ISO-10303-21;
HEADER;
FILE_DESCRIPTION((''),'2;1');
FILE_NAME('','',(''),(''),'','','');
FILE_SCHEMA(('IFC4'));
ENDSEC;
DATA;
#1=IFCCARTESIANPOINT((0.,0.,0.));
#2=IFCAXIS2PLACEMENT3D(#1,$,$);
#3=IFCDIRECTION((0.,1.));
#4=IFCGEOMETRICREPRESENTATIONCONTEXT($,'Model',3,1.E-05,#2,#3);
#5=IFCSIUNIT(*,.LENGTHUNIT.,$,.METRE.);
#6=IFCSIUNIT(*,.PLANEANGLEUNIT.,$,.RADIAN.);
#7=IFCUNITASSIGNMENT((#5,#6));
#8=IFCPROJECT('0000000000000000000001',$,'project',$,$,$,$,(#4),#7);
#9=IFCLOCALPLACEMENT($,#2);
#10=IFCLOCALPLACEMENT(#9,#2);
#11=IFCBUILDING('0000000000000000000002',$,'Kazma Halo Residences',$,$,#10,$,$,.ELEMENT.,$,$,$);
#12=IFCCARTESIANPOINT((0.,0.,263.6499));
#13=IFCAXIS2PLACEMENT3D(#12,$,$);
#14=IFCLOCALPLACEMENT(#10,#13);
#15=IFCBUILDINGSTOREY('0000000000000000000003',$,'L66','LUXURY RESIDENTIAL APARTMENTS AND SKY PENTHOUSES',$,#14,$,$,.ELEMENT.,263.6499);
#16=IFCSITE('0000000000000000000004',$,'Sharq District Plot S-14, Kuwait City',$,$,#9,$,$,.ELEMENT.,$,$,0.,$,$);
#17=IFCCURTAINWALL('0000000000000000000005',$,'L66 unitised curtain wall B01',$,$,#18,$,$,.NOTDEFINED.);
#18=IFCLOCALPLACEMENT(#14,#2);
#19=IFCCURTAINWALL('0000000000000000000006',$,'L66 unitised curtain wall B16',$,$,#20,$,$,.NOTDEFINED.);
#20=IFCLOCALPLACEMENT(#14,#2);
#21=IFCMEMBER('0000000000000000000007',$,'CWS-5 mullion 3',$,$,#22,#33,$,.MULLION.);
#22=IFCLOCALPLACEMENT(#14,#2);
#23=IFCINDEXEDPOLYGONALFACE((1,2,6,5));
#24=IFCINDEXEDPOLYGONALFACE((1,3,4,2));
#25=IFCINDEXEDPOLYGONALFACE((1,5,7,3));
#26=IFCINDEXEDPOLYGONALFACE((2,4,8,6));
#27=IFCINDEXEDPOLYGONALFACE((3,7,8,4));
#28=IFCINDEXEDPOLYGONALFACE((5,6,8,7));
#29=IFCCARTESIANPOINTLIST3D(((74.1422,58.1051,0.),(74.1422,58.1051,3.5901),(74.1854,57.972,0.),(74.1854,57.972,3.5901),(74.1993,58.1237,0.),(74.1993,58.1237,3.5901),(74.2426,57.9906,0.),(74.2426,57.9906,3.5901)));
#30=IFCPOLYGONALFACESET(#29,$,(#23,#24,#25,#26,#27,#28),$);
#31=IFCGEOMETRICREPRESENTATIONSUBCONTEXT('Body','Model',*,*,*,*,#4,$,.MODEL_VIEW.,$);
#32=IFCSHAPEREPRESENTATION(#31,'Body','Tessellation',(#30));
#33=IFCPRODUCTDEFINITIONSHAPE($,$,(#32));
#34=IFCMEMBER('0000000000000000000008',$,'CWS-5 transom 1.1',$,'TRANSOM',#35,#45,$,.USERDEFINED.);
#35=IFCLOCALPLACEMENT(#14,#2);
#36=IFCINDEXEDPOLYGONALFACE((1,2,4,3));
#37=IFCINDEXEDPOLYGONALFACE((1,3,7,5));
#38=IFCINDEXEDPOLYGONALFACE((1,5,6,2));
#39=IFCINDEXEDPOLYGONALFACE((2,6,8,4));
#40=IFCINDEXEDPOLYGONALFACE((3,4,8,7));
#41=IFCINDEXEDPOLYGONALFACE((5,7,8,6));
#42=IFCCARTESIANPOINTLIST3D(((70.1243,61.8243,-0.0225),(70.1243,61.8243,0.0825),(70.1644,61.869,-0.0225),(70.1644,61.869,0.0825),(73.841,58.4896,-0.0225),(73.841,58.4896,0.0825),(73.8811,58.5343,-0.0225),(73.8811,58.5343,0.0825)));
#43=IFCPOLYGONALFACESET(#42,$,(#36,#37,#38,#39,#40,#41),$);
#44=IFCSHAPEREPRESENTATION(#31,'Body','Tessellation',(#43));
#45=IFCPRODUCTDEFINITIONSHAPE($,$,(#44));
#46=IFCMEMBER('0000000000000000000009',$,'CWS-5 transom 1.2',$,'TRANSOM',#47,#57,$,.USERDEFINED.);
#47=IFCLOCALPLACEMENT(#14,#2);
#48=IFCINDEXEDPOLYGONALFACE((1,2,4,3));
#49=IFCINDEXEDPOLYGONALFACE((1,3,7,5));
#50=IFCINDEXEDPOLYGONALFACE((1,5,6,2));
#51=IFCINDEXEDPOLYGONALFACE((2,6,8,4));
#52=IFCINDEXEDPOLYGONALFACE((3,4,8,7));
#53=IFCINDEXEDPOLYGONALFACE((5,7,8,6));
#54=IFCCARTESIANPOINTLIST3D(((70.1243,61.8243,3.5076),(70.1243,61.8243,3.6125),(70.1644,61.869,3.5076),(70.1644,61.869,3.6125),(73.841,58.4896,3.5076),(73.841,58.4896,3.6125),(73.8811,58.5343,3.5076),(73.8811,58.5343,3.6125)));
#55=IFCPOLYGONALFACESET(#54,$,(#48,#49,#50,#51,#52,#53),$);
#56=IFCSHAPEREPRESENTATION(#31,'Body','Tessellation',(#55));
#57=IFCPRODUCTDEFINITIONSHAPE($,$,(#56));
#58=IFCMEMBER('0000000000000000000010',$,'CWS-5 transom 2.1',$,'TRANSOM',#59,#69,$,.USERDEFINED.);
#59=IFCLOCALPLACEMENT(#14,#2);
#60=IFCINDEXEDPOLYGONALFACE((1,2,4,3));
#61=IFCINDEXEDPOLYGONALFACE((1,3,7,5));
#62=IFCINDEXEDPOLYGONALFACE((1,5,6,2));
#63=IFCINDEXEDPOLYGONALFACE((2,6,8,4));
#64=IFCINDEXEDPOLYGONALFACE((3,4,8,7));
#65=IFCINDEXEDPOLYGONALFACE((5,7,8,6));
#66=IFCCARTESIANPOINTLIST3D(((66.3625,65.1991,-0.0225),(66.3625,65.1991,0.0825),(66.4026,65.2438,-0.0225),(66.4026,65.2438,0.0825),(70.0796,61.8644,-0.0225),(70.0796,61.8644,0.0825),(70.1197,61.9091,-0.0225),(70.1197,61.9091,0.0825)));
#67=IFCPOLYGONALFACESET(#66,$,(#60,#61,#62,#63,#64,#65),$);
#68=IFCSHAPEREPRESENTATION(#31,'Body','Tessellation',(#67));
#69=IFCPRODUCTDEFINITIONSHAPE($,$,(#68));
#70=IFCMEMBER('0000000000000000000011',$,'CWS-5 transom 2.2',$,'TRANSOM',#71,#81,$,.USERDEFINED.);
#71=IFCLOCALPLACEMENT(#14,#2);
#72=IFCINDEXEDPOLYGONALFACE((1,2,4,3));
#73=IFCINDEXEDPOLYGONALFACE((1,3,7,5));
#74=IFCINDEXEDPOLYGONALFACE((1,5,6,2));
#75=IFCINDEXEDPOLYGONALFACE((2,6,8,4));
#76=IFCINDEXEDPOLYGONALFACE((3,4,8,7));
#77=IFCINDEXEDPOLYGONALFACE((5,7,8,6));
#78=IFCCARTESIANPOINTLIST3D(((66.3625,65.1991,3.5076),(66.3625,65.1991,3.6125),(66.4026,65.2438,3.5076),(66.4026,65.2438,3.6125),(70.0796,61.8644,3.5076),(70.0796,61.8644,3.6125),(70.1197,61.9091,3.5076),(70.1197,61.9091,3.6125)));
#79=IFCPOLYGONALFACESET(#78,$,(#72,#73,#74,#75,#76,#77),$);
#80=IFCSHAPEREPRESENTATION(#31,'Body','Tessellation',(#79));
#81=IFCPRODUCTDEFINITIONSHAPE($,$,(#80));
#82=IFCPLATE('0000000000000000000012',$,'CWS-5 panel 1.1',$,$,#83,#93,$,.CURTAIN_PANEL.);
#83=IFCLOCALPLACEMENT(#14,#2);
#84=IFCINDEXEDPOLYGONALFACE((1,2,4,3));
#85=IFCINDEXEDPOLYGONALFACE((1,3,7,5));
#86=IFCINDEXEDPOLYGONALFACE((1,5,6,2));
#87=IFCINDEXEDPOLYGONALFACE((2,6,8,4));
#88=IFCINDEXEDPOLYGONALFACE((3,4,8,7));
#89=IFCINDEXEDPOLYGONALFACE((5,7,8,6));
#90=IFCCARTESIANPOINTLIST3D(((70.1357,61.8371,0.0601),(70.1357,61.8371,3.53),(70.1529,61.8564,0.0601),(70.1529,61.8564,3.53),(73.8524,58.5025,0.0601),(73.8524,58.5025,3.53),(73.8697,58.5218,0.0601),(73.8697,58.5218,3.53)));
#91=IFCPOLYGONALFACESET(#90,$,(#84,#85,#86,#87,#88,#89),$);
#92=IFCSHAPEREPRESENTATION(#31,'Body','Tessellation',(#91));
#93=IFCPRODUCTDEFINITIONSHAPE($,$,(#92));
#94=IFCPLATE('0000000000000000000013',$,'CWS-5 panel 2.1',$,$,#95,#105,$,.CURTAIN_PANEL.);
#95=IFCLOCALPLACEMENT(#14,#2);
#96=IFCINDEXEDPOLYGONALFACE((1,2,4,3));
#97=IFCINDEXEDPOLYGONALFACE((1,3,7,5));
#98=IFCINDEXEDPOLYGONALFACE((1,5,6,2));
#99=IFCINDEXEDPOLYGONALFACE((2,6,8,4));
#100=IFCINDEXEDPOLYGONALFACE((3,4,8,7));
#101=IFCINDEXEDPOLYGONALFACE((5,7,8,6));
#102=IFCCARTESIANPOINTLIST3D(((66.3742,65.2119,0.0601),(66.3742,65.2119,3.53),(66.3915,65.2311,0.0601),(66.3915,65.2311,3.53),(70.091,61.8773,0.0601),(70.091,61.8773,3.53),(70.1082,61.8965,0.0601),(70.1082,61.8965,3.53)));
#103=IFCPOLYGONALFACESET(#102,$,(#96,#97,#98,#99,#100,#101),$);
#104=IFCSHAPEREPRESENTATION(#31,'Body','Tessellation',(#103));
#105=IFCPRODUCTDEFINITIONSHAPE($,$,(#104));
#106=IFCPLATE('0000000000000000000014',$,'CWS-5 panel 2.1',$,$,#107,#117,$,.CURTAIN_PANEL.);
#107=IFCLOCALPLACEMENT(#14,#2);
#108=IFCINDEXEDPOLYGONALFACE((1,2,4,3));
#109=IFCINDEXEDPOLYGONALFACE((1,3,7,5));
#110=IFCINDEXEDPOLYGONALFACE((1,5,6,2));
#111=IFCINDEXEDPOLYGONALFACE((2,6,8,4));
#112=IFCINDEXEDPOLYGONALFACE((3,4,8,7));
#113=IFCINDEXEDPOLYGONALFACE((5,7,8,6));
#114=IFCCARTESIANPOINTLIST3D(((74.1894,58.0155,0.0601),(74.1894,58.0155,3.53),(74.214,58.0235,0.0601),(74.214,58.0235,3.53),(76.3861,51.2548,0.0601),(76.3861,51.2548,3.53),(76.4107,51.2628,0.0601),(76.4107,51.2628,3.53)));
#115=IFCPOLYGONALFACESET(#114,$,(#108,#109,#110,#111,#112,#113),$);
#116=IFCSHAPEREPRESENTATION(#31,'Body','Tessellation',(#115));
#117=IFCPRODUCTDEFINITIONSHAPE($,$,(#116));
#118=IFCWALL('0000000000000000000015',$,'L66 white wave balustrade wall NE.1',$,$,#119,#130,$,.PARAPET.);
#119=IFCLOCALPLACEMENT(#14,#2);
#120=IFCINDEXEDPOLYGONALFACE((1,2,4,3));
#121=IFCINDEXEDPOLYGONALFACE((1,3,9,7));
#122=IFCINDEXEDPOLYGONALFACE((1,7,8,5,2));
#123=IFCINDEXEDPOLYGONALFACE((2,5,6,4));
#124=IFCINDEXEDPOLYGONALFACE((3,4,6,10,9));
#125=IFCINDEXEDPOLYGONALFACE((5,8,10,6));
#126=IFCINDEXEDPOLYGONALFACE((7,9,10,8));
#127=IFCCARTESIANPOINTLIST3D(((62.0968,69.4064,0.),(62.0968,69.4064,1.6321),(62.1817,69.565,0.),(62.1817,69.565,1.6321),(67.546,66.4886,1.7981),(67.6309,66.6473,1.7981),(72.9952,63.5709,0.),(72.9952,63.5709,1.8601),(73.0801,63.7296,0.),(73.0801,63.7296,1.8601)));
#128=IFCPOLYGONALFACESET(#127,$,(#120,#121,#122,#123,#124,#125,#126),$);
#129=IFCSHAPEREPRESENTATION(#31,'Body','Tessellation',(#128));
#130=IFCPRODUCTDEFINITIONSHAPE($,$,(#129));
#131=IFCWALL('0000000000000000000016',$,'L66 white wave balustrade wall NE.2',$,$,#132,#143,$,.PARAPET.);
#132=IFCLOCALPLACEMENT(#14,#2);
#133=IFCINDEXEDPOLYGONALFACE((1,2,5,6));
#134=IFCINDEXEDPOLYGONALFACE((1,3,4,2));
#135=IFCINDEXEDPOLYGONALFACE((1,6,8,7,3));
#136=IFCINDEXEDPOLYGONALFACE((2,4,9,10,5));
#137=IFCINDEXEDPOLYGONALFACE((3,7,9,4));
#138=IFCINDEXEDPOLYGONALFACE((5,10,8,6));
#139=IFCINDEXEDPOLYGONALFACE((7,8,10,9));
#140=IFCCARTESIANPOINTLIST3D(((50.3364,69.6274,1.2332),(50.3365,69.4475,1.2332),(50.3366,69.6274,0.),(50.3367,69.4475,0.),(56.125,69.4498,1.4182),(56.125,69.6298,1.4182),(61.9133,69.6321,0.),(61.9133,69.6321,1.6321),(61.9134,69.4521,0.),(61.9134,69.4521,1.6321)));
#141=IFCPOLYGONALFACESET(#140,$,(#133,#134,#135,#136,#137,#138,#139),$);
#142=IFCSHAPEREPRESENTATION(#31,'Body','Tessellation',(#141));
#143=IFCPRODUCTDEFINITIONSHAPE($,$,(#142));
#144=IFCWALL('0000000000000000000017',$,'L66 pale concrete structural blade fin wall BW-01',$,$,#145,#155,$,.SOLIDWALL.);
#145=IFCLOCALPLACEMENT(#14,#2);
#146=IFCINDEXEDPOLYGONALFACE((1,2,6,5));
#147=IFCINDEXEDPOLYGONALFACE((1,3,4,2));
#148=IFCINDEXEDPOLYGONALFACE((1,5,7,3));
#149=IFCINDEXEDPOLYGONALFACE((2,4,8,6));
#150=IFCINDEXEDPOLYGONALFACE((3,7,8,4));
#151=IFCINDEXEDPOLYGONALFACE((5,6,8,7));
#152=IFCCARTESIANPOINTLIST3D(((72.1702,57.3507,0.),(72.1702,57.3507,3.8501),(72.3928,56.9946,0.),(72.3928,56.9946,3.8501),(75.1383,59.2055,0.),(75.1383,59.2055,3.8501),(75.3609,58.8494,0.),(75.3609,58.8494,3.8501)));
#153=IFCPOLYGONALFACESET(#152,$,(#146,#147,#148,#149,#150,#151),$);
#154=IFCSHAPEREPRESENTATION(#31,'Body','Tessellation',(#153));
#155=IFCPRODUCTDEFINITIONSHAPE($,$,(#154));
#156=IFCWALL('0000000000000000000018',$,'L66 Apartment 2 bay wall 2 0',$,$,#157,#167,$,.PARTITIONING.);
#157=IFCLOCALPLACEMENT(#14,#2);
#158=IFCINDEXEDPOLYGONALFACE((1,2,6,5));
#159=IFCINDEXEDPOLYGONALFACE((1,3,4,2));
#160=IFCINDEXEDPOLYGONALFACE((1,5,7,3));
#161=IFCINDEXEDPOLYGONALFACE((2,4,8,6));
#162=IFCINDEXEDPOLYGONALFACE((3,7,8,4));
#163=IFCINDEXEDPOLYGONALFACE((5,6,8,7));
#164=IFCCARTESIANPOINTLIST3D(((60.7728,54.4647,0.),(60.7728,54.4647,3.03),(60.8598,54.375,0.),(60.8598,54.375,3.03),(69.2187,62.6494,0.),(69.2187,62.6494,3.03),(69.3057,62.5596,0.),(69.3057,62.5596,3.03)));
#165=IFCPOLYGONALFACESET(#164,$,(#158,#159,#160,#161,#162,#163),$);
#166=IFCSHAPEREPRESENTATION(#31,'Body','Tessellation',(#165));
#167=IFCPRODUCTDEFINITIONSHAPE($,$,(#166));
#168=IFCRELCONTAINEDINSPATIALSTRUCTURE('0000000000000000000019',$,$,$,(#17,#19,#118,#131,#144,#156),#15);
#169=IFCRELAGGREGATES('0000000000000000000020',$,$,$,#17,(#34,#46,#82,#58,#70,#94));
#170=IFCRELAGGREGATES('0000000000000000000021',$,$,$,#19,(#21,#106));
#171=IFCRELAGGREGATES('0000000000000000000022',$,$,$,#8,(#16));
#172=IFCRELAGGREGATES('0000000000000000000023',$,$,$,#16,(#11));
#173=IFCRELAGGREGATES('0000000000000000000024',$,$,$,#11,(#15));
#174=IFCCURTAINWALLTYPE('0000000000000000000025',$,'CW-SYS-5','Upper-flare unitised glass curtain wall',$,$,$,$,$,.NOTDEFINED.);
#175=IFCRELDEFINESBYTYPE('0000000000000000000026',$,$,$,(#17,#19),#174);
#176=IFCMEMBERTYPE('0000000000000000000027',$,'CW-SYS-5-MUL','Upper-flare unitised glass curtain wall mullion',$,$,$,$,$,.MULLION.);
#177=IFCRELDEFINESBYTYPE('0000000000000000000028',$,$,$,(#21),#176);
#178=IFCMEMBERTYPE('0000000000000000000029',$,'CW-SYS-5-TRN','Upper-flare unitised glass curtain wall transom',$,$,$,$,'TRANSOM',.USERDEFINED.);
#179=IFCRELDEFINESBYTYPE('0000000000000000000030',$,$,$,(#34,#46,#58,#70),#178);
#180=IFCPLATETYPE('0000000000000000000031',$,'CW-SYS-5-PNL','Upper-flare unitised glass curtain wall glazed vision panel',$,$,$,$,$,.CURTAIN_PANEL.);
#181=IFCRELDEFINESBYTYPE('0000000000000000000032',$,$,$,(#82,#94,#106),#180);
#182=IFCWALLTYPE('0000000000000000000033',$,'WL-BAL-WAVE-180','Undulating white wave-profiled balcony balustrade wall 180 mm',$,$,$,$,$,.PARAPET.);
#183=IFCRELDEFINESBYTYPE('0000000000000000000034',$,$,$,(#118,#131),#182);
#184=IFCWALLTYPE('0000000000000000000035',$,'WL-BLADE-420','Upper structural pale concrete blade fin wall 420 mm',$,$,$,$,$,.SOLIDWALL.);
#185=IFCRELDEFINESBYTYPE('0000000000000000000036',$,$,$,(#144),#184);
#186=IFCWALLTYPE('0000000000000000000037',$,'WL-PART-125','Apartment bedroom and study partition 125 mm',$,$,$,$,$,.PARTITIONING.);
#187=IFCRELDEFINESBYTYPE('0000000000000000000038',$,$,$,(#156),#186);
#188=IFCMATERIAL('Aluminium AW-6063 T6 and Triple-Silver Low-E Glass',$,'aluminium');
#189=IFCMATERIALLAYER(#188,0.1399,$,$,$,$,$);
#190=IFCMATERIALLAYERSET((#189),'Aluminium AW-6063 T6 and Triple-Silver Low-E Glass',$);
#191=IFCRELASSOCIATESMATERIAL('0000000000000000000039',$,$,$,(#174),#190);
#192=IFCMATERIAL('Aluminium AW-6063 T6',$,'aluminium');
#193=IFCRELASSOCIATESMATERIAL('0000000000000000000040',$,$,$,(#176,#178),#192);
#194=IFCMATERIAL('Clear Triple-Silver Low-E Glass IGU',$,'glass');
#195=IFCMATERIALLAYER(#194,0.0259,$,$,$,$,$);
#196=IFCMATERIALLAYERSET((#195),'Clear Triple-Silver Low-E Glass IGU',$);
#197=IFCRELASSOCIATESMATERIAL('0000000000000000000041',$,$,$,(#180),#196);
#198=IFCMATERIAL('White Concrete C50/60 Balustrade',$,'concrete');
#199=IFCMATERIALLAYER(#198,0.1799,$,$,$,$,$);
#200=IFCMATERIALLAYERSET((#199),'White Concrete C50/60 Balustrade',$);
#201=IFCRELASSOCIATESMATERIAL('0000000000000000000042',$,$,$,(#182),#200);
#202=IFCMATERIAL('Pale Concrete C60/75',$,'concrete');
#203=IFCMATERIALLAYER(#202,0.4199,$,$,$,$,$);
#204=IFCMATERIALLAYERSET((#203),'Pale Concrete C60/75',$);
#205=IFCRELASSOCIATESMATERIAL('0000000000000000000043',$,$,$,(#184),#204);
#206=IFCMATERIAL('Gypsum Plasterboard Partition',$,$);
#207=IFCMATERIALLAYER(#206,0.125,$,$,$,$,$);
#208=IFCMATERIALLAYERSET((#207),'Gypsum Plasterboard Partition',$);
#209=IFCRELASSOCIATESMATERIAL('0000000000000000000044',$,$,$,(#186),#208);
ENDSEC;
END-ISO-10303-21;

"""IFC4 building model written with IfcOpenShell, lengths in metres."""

from ifc_helpers import new_model, si_unit, direction, frame, frame_2d, origin, origin_2d, place, context, subcontext, project, spatial, polyline, rectangle, outline, extrude, material, layer, layer_set, material_profile, profile_set, type_object, element, aggregate, save


model = new_model("IFC4")

# Units and contexts
model_context = context("Model", 3, precision=1e-05, world=origin(), true_north=direction((0.0, 1.0)))
body_context = subcontext(model_context, "Body", "Model", "MODEL_VIEW")
ifc_project = project(units=[si_unit("LENGTHUNIT", "METRE"), si_unit("PLANEANGLEUNIT", "RADIAN")], contexts=[model_context])

# Site, building, storey
site_placement = place(None, origin())
site = spatial("IfcSite", under=ifc_project, at=site_placement, Name="Sharq District Plot S-14, Kuwait City", CompositionType="ELEMENT", RefElevation=0.0)
building_placement = place(site_placement, origin())
building = spatial("IfcBuilding", under=site, at=building_placement, Name="Kazma Halo Residences", CompositionType="ELEMENT")
storey_placement = place(building_placement, frame((0.0, 0.0, 263.6499)))
storey = spatial("IfcBuildingStorey", under=building, at=storey_placement, Name="L66", Description="LUXURY RESIDENTIAL APARTMENTS AND SKY PENTHOUSES", CompositionType="ELEMENT", Elevation=263.6499)

# Curtain wall
ifc_material_1 = material(Name="Aluminium AW-6063 T6 and Triple-Silver Low-E Glass", Category="aluminium")
ifc_layer_1 = layer(ifc_material_1, 0.1399)
ifc_layer_set_1 = layer_set([ifc_layer_1], Name="Aluminium AW-6063 T6 and Triple-Silver Low-E Glass")
curtain_wall_type = type_object("IfcCurtainWallType", Name="CW-SYS-5", Description="Upper-flare unitised glass curtain wall", PredefinedType="NOTDEFINED", material=ifc_layer_set_1)
curtain_wall_1_placement = place(storey_placement, origin())
curtain_wall_1 = element("IfcCurtainWall", 1, at=curtain_wall_1_placement, inside=storey, type_object=curtain_wall_type, Name="L66 unitised curtain wall B01", PredefinedType="NOTDEFINED")
ifc_material_2 = material(Name="Aluminium AW-6063 T6", Category="aluminium")
ifc_material_profile_1 = material_profile(ifc_material_2, rectangle(XDim=0.0601, YDim=0.1399, at=origin_2d()), Name="CWM-60x140")
ifc_profile_set_1 = profile_set([ifc_material_profile_1], Name="Aluminium AW-6063 T6")
member_type_1 = type_object("IfcMemberType", Name="CW-SYS-5-MUL", Description="Upper-flare unitised glass curtain wall mullion", PredefinedType="MULLION", material=ifc_profile_set_1)

# Curtain wall, member
curtain_wall_2_placement = place(storey_placement, origin())
curtain_wall_2 = element("IfcCurtainWall", 2, at=curtain_wall_2_placement, inside=storey, type_object=curtain_wall_type, Name="L66 unitised curtain wall B16", PredefinedType="NOTDEFINED")
member_1_placement = place(storey_placement, frame((74.1924, 58.0479, 0.0), z_axis=(0.0, 0.0, 1.0), x_axis=(-0.951058, -0.309011, 0.0)))
member_1 = element("IfcMember", 3, at=member_1_placement, type_object=member_type_1, Name="CWS-5 mullion 3", PredefinedType="MULLION", context=body_context, shape_type="SweptSolid", body=[
    extrude(rectangle(XDim=0.0601, YDim=0.1399, at=origin_2d()), origin(), (0.0, 0.0, 1.0), 3.5901),
])

# Members
ifc_material_profile_2 = material_profile(ifc_material_2, rectangle(XDim=0.0601, YDim=0.105, at=origin_2d()), Name="CWT-60x105")
ifc_profile_set_2 = profile_set([ifc_material_profile_2], Name="Aluminium AW-6063 T6")
member_type_2 = type_object("IfcMemberType", Name="CW-SYS-5-TRN", Description="Upper-flare unitised glass curtain wall transom", ElementType="TRANSOM", PredefinedType="USERDEFINED", material=ifc_profile_set_2)
member_2_placement = place(storey_placement, frame((73.8611, 58.512, 0.03), z_axis=(-0.744329, 0.667813, 0.0), x_axis=(-0.667813, -0.744329, 0.0)))
member_2 = element("IfcMember", 4, at=member_2_placement, type_object=member_type_2, Name="CWS-5 transom 1.1", ObjectType="TRANSOM", PredefinedType="USERDEFINED", context=body_context, shape_type="SweptSolid", body=[
    extrude(rectangle(XDim=0.0601, YDim=0.105, at=origin_2d()), origin(), (0.0, 0.0, 1.0), 4.9934),
])
member_3_placement = place(storey_placement, frame((73.8611, 58.512, 3.5601), z_axis=(-0.744329, 0.667813, 0.0), x_axis=(-0.667813, -0.744329, 0.0)))
member_3 = element("IfcMember", 5, at=member_3_placement, type_object=member_type_2, Name="CWS-5 transom 1.2", ObjectType="TRANSOM", PredefinedType="USERDEFINED", context=body_context, shape_type="SweptSolid", body=[
    extrude(rectangle(XDim=0.0601, YDim=0.105, at=origin_2d()), origin(), (0.0, 0.0, 1.0), 4.9934),
])
member_4_placement = place(storey_placement, frame((70.0996, 61.8867, 0.03), z_axis=(-0.744351, 0.667789, 0.0), x_axis=(-0.667789, -0.744351, 0.0)))
member_4 = element("IfcMember", 6, at=member_4_placement, type_object=member_type_2, Name="CWS-5 transom 2.1", ObjectType="TRANSOM", PredefinedType="USERDEFINED", context=body_context, shape_type="SweptSolid", body=[
    extrude(rectangle(XDim=0.0601, YDim=0.105, at=origin_2d()), origin(), (0.0, 0.0, 1.0), 4.9937),
])
member_5_placement = place(storey_placement, frame((70.0996, 61.8867, 3.5601), z_axis=(-0.744351, 0.667789, 0.0), x_axis=(-0.667789, -0.744351, 0.0)))
member_5 = element("IfcMember", 7, at=member_5_placement, type_object=member_type_2, Name="CWS-5 transom 2.2", ObjectType="TRANSOM", PredefinedType="USERDEFINED", context=body_context, shape_type="SweptSolid", body=[
    extrude(rectangle(XDim=0.0601, YDim=0.105, at=origin_2d()), origin(), (0.0, 0.0, 1.0), 4.9937),
])

# Plates
ifc_material_3 = material(Name="Clear Triple-Silver Low-E Glass IGU", Category="glass")
ifc_layer_2 = layer(ifc_material_3, 0.0259)
ifc_layer_set_2 = layer_set([ifc_layer_2], Name="Clear Triple-Silver Low-E Glass IGU")
plate_type = type_object("IfcPlateType", Name="CW-SYS-5-PNL", Description="Upper-flare unitised glass curtain wall glazed vision panel", PredefinedType="CURTAIN_PANEL", material=ifc_layer_set_2)
plate_1_placement = place(storey_placement, frame((72.0027, 60.1794, 0.0601), z_axis=(0.0, 0.0, 1.0), x_axis=(-0.744336, 0.667805, 0.0)))
plate_1 = element("IfcPlate", 8, at=plate_1_placement, type_object=plate_type, Name="CWS-5 panel 1.1", PredefinedType="CURTAIN_PANEL", context=body_context, shape_type="SweptSolid", body=[
    extrude(rectangle(XDim=4.9934, YDim=0.0259, at=origin_2d()), origin(), (0.0, 0.0, 1.0), 3.47),
])
plate_2_placement = place(storey_placement, frame((68.2412, 63.5542, 0.0601), z_axis=(0.0, 0.0, 1.0), x_axis=(-0.744336, 0.667805, 0.0)))
plate_2 = element("IfcPlate", 9, at=plate_2_placement, type_object=plate_type, Name="CWS-5 panel 2.1", PredefinedType="CURTAIN_PANEL", context=body_context, shape_type="SweptSolid", body=[
    extrude(rectangle(XDim=4.9934, YDim=0.0259, at=origin_2d()), origin(), (0.0, 0.0, 1.0), 3.47),
])
aggregate(curtain_wall_1, [member_2, member_3, plate_1, member_4, member_5, plate_2])
plate_3_placement = place(storey_placement, frame((75.3, 54.6392, 0.0601), z_axis=(0.0, 0.0, 1.0), x_axis=(-0.309011, 0.951058, 0.0)))
plate_3 = element("IfcPlate", 10, at=plate_3_placement, type_object=plate_type, Name="CWS-5 panel 2.1", PredefinedType="CURTAIN_PANEL", context=body_context, shape_type="SweptSolid", body=[
    extrude(rectangle(XDim=7.1086, YDim=0.0259, at=origin_2d()), origin(), (0.0, 0.0, 1.0), 3.47),
])
aggregate(curtain_wall_2, [member_1, plate_3])

# Walls
ifc_material_4 = material(Name="White Concrete C50/60 Balustrade", Category="concrete")
ifc_layer_3 = layer(ifc_material_4, 0.1799)
ifc_layer_set_3 = layer_set([ifc_layer_3], Name="White Concrete C50/60 Balustrade")
wall_type_1 = type_object("IfcWallType", Name="WL-BAL-WAVE-180", Description="Undulating white wave-profiled balcony balustrade wall 180 mm", PredefinedType="PARAPET", material=ifc_layer_set_3)
wall_1_placement = place(storey_placement, frame((73.0376, 63.6501, 0.0), z_axis=(0.0, 0.0, 1.0), x_axis=(-0.881581, 0.472033, 0.0)))
element("IfcWall", 11, at=wall_1_placement, inside=storey, type_object=wall_type_1, Name="L66 white wave balustrade wall NE.1", PredefinedType="PARAPET", context=body_context, shape_type="SweptSolid", body=[
    extrude(outline(polyline([(0.0, 0.0), (12.3623, 0.0), (12.3623, 1.6321), (6.1812, 1.7981), (0.0, 1.8601), (0.0, 0.0)])), frame((0.0, 0.0898, 0.0), z_axis=(0.0, -1.0, 0.0), x_axis=(1.0, 0.0, 0.0)), (0.0, 0.0, 1.0), 0.1799),
])
wall_2_placement = place(storey_placement, frame((61.9133, 69.542, 0.0), z_axis=(0.0, 0.0, 1.0), x_axis=(-1.0, -0.000401, 0.0)))
element("IfcWall", 12, at=wall_2_placement, inside=storey, type_object=wall_type_1, Name="L66 white wave balustrade wall NE.2", PredefinedType="PARAPET", context=body_context, shape_type="SweptSolid", body=[
    extrude(outline(polyline([(0.0, 0.0), (11.5767, 0.0), (11.5769, 1.2332), (5.7883, 1.4182), (0.0, 1.6321), (0.0, 0.0)])), frame((0.0, 0.0898, 0.0), z_axis=(0.0, -1.0, 0.0), x_axis=(1.0, 0.0, 0.0)), (0.0, 0.0, 1.0), 0.1799),
])
ifc_material_5 = material(Name="Pale Concrete C60/75", Category="concrete")
ifc_layer_4 = layer(ifc_material_5, 0.4199)
ifc_layer_set_4 = layer_set([ifc_layer_4], Name="Pale Concrete C60/75")
wall_type_2 = type_object("IfcWallType", Name="WL-BLADE-420", Description="Upper structural pale concrete blade fin wall 420 mm", PredefinedType="SOLIDWALL", material=ifc_layer_set_4)
wall_3_placement = place(storey_placement, frame((72.2815, 57.1726, 0.0), z_axis=(0.0, 0.0, 1.0), x_axis=(0.848034, 0.529943, 0.0)))
element("IfcWall", 13, at=wall_3_placement, inside=storey, type_object=wall_type_2, Name="L66 pale concrete structural blade fin wall BW-01", PredefinedType="SOLIDWALL", context=body_context, shape_type="SweptSolid", body=[
    extrude(rectangle(XDim=3.5, YDim=0.4199, at=frame_2d((1.75, 0.0))), origin(), (0.0, 0.0, 1.0), 3.8501),
])

# Wall
ifc_material_6 = material(Name="Gypsum Plasterboard Partition")
ifc_layer_5 = layer(ifc_material_6, 0.125)
ifc_layer_set_5 = layer_set([ifc_layer_5], Name="Gypsum Plasterboard Partition")
wall_type_3 = type_object("IfcWallType", Name="WL-PART-125", Description="Apartment bedroom and study partition 125 mm", PredefinedType="PARTITIONING", material=ifc_layer_set_5)
wall_4_placement = place(storey_placement, frame((60.8164, 54.4199, 0.0), z_axis=(0.0, 0.0, 1.0), x_axis=(0.718125, 0.695914, 0.0)))
element("IfcWall", 14, at=wall_4_placement, inside=storey, type_object=wall_type_3, Name="L66 Apartment 2 bay wall 2 0", PredefinedType="PARTITIONING", context=body_context, shape_type="SweptSolid", body=[
    extrude(rectangle(XDim=11.761, YDim=0.125, at=frame_2d((5.8804, 0.0))), origin(), (0.0, 0.0, 1.0), 3.03),
])

save(model, "model.ifc")
